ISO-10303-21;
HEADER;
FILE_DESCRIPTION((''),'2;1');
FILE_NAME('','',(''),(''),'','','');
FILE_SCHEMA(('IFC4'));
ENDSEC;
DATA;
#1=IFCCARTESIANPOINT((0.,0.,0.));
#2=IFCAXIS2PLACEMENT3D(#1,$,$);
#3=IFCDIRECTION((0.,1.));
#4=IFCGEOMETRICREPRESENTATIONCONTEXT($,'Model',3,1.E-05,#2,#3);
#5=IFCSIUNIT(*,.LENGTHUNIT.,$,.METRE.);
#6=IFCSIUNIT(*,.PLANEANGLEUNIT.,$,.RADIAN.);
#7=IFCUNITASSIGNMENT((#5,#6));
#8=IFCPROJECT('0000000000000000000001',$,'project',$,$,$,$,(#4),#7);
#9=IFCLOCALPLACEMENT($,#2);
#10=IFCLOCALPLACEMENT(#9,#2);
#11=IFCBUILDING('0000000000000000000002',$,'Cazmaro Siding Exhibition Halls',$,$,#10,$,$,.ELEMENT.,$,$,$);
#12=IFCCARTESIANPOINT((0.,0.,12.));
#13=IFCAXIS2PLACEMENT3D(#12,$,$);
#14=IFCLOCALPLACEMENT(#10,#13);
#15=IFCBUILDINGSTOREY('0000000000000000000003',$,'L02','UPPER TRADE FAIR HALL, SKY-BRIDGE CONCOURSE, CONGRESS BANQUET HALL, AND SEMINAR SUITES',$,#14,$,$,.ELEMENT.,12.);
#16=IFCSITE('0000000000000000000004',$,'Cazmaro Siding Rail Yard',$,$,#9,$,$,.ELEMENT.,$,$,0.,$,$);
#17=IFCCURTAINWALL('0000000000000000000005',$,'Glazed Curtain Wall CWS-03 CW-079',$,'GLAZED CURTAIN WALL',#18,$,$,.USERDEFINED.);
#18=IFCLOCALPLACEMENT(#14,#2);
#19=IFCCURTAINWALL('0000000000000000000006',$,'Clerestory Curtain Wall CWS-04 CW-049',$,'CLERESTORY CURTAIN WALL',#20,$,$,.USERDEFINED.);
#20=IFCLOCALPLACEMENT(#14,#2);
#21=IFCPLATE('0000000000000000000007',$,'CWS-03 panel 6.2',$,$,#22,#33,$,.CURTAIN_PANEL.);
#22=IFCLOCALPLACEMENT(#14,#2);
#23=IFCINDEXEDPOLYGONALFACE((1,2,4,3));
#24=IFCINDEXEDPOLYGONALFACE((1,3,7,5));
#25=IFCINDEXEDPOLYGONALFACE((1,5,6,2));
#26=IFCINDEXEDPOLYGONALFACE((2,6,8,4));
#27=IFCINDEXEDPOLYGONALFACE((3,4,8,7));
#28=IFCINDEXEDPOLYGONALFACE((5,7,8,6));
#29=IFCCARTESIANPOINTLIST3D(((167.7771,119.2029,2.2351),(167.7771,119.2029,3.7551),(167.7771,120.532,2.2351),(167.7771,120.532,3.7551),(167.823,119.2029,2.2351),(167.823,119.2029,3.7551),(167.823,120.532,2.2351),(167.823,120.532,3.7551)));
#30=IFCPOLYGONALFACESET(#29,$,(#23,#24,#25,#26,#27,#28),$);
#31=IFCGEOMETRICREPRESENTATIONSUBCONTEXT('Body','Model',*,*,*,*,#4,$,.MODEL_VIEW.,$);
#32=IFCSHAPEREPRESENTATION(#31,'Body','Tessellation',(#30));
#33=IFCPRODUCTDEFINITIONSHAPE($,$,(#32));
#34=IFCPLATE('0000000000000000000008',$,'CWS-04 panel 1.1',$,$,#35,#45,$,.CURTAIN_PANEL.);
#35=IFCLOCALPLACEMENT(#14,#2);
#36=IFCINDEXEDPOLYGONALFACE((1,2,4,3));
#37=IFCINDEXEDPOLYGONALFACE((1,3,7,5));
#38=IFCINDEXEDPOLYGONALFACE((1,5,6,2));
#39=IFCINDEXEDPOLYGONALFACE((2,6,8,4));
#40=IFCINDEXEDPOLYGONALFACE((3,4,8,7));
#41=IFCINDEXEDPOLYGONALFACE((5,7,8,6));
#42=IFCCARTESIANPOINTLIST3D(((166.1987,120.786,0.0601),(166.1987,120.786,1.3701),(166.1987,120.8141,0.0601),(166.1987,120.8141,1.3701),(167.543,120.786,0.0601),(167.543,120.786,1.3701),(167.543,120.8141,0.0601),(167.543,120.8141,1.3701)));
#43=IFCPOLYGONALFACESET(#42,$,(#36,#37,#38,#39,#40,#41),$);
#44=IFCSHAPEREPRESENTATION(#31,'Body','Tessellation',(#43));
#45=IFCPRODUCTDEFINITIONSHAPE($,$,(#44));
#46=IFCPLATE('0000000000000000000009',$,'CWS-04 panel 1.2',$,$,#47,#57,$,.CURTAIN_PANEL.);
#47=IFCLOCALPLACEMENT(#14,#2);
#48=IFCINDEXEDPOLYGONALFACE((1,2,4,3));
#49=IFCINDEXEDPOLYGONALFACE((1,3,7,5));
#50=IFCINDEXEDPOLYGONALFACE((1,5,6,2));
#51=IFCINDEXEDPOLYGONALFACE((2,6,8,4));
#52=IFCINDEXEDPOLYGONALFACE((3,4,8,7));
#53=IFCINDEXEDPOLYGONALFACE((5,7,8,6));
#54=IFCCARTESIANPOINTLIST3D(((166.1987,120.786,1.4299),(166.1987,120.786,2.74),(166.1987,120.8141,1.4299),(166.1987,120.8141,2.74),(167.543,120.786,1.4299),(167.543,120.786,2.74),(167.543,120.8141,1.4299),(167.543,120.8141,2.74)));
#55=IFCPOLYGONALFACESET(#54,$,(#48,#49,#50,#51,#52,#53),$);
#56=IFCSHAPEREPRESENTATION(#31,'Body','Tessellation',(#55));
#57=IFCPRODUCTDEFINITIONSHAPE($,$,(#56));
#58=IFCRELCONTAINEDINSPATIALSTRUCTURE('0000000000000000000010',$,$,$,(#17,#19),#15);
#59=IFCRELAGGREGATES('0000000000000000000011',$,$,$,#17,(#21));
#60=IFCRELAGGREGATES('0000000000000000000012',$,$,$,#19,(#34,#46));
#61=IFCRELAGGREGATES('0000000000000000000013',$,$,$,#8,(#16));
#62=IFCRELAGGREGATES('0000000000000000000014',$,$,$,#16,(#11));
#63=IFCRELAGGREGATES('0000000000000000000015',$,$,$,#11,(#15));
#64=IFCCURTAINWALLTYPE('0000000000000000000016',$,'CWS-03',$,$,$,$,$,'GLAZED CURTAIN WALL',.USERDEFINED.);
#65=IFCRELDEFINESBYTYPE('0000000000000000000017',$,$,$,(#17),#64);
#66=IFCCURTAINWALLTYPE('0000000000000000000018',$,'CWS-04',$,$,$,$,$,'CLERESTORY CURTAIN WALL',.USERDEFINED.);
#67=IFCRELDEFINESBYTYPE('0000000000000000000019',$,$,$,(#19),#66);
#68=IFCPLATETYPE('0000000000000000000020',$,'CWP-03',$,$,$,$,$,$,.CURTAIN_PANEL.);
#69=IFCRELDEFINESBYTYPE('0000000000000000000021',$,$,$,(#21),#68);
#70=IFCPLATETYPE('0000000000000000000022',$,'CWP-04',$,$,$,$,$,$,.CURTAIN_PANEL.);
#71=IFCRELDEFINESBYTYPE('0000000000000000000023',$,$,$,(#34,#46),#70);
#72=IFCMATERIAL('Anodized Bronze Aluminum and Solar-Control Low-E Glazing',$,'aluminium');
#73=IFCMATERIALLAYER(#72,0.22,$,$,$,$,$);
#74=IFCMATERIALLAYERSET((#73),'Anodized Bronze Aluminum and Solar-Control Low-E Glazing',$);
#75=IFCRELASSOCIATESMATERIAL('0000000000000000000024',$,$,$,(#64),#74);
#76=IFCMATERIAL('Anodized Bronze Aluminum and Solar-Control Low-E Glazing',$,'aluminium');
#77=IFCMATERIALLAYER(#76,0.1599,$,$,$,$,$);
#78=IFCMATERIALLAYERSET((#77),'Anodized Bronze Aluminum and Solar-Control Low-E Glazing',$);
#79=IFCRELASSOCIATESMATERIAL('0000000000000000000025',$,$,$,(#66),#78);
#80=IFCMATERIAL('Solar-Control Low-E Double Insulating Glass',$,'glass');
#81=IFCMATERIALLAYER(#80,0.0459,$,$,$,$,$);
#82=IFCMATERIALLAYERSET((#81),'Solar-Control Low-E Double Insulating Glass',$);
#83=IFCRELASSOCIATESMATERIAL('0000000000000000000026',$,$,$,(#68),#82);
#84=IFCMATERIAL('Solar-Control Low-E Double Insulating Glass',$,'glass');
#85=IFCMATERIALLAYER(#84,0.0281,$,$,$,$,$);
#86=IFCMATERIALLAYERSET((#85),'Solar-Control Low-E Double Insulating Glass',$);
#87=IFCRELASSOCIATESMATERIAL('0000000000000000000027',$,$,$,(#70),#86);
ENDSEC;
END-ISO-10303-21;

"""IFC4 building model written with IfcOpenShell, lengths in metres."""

from ifc_helpers import new_model, si_unit, direction, frame, origin, origin_2d, place, context, subcontext, project, spatial, rectangle, extrude, material, layer, layer_set, type_object, element, aggregate, save


model = new_model("IFC4")

# Units and contexts
model_context = context("Model", 3, precision=1e-05, world=origin(), true_north=direction((0.0, 1.0)))
body_context = subcontext(model_context, "Body", "Model", "MODEL_VIEW")
ifc_project = project(units=[si_unit("LENGTHUNIT", "METRE"), si_unit("PLANEANGLEUNIT", "RADIAN")], contexts=[model_context])

# Site, building, storey
site_placement = place(None, origin())
site = spatial("IfcSite", under=ifc_project, at=site_placement, Name="Cazmaro Siding Rail Yard", CompositionType="ELEMENT", RefElevation=0.0)
building_placement = place(site_placement, origin())
building = spatial("IfcBuilding", under=site, at=building_placement, Name="Cazmaro Siding Exhibition Halls", CompositionType="ELEMENT")
storey_placement = place(building_placement, frame((0.0, 0.0, 12.0)))
storey = spatial("IfcBuildingStorey", under=building, at=storey_placement, Name="L02", Description="UPPER TRADE FAIR HALL, SKY-BRIDGE CONCOURSE, CONGRESS BANQUET HALL, AND SEMINAR SUITES", CompositionType="ELEMENT", Elevation=12.0)

# Curtain wall
ifc_material_1 = material(Name="Anodized Bronze Aluminum and Solar-Control Low-E Glazing", Category="aluminium")
ifc_layer_1 = layer(ifc_material_1, 0.22)
ifc_layer_set_1 = layer_set([ifc_layer_1], Name="Anodized Bronze Aluminum and Solar-Control Low-E Glazing")
curtain_wall_type_1 = type_object("IfcCurtainWallType", Name="CWS-03", ElementType="GLAZED CURTAIN WALL", PredefinedType="USERDEFINED", material=ifc_layer_set_1)
curtain_wall_1_placement = place(storey_placement, origin())
curtain_wall_1 = element("IfcCurtainWall", 1, at=curtain_wall_1_placement, inside=storey, type_object=curtain_wall_type_1, Name="Glazed Curtain Wall CWS-03 CW-079", ObjectType="GLAZED CURTAIN WALL", PredefinedType="USERDEFINED")

# Curtain wall
ifc_material_2 = material(Name="Anodized Bronze Aluminum and Solar-Control Low-E Glazing", Category="aluminium")
ifc_layer_2 = layer(ifc_material_2, 0.1599)
ifc_layer_set_2 = layer_set([ifc_layer_2], Name="Anodized Bronze Aluminum and Solar-Control Low-E Glazing")
curtain_wall_type_2 = type_object("IfcCurtainWallType", Name="CWS-04", ElementType="CLERESTORY CURTAIN WALL", PredefinedType="USERDEFINED", material=ifc_layer_set_2)
curtain_wall_2_placement = place(storey_placement, origin())
curtain_wall_2 = element("IfcCurtainWall", 2, at=curtain_wall_2_placement, inside=storey, type_object=curtain_wall_type_2, Name="Clerestory Curtain Wall CWS-04 CW-049", ObjectType="CLERESTORY CURTAIN WALL", PredefinedType="USERDEFINED")

# Plates
ifc_material_3 = material(Name="Solar-Control Low-E Double Insulating Glass", Category="glass")
ifc_layer_3 = layer(ifc_material_3, 0.0459)
ifc_layer_set_3 = layer_set([ifc_layer_3], Name="Solar-Control Low-E Double Insulating Glass")
plate_type_1 = type_object("IfcPlateType", Name="CWP-03", PredefinedType="CURTAIN_PANEL", material=ifc_layer_set_3)
plate_1_placement = place(storey_placement, frame((167.8, 119.8674, 2.2351), z_axis=(0.0, 0.0, 1.0), x_axis=(0.0, 1.0, 0.0)))
plate_1 = element("IfcPlate", 3, at=plate_1_placement, type_object=plate_type_1, Name="CWS-03 panel 6.2", PredefinedType="CURTAIN_PANEL", context=body_context, shape_type="SweptSolid", body=[
    extrude(rectangle(XDim=1.3291, YDim=0.0459, at=origin_2d()), origin(), (0.0, 0.0, 1.0), 1.52),
])
aggregate(curtain_wall_1, [plate_1])
ifc_material_4 = material(Name="Solar-Control Low-E Double Insulating Glass", Category="glass")
ifc_layer_4 = layer(ifc_material_4, 0.0281)
ifc_layer_set_4 = layer_set([ifc_layer_4], Name="Solar-Control Low-E Double Insulating Glass")
plate_type_2 = type_object("IfcPlateType", Name="CWP-04", PredefinedType="CURTAIN_PANEL", material=ifc_layer_set_4)
plate_2_placement = place(storey_placement, frame((166.8708, 120.8, 0.0601), z_axis=(0.0, 0.0, 1.0), x_axis=(-1.0, 0.0, 0.0)))
plate_2 = element("IfcPlate", 4, at=plate_2_placement, type_object=plate_type_2, Name="CWS-04 panel 1.1", PredefinedType="CURTAIN_PANEL", context=body_context, shape_type="SweptSolid", body=[
    extrude(rectangle(XDim=1.3442, YDim=0.0281, at=origin_2d()), origin(), (0.0, 0.0, 1.0), 1.3101),
])
plate_3_placement = place(storey_placement, frame((166.8708, 120.8, 1.4299), z_axis=(0.0, 0.0, 1.0), x_axis=(-1.0, 0.0, 0.0)))
plate_3 = element("IfcPlate", 5, at=plate_3_placement, type_object=plate_type_2, Name="CWS-04 panel 1.2", PredefinedType="CURTAIN_PANEL", context=body_context, shape_type="SweptSolid", body=[
    extrude(rectangle(XDim=1.3442, YDim=0.0281, at=origin_2d()), origin(), (0.0, 0.0, 1.0), 1.3101),
])
aggregate(curtain_wall_2, [plate_2, plate_3])

save(model, "model.ifc")
